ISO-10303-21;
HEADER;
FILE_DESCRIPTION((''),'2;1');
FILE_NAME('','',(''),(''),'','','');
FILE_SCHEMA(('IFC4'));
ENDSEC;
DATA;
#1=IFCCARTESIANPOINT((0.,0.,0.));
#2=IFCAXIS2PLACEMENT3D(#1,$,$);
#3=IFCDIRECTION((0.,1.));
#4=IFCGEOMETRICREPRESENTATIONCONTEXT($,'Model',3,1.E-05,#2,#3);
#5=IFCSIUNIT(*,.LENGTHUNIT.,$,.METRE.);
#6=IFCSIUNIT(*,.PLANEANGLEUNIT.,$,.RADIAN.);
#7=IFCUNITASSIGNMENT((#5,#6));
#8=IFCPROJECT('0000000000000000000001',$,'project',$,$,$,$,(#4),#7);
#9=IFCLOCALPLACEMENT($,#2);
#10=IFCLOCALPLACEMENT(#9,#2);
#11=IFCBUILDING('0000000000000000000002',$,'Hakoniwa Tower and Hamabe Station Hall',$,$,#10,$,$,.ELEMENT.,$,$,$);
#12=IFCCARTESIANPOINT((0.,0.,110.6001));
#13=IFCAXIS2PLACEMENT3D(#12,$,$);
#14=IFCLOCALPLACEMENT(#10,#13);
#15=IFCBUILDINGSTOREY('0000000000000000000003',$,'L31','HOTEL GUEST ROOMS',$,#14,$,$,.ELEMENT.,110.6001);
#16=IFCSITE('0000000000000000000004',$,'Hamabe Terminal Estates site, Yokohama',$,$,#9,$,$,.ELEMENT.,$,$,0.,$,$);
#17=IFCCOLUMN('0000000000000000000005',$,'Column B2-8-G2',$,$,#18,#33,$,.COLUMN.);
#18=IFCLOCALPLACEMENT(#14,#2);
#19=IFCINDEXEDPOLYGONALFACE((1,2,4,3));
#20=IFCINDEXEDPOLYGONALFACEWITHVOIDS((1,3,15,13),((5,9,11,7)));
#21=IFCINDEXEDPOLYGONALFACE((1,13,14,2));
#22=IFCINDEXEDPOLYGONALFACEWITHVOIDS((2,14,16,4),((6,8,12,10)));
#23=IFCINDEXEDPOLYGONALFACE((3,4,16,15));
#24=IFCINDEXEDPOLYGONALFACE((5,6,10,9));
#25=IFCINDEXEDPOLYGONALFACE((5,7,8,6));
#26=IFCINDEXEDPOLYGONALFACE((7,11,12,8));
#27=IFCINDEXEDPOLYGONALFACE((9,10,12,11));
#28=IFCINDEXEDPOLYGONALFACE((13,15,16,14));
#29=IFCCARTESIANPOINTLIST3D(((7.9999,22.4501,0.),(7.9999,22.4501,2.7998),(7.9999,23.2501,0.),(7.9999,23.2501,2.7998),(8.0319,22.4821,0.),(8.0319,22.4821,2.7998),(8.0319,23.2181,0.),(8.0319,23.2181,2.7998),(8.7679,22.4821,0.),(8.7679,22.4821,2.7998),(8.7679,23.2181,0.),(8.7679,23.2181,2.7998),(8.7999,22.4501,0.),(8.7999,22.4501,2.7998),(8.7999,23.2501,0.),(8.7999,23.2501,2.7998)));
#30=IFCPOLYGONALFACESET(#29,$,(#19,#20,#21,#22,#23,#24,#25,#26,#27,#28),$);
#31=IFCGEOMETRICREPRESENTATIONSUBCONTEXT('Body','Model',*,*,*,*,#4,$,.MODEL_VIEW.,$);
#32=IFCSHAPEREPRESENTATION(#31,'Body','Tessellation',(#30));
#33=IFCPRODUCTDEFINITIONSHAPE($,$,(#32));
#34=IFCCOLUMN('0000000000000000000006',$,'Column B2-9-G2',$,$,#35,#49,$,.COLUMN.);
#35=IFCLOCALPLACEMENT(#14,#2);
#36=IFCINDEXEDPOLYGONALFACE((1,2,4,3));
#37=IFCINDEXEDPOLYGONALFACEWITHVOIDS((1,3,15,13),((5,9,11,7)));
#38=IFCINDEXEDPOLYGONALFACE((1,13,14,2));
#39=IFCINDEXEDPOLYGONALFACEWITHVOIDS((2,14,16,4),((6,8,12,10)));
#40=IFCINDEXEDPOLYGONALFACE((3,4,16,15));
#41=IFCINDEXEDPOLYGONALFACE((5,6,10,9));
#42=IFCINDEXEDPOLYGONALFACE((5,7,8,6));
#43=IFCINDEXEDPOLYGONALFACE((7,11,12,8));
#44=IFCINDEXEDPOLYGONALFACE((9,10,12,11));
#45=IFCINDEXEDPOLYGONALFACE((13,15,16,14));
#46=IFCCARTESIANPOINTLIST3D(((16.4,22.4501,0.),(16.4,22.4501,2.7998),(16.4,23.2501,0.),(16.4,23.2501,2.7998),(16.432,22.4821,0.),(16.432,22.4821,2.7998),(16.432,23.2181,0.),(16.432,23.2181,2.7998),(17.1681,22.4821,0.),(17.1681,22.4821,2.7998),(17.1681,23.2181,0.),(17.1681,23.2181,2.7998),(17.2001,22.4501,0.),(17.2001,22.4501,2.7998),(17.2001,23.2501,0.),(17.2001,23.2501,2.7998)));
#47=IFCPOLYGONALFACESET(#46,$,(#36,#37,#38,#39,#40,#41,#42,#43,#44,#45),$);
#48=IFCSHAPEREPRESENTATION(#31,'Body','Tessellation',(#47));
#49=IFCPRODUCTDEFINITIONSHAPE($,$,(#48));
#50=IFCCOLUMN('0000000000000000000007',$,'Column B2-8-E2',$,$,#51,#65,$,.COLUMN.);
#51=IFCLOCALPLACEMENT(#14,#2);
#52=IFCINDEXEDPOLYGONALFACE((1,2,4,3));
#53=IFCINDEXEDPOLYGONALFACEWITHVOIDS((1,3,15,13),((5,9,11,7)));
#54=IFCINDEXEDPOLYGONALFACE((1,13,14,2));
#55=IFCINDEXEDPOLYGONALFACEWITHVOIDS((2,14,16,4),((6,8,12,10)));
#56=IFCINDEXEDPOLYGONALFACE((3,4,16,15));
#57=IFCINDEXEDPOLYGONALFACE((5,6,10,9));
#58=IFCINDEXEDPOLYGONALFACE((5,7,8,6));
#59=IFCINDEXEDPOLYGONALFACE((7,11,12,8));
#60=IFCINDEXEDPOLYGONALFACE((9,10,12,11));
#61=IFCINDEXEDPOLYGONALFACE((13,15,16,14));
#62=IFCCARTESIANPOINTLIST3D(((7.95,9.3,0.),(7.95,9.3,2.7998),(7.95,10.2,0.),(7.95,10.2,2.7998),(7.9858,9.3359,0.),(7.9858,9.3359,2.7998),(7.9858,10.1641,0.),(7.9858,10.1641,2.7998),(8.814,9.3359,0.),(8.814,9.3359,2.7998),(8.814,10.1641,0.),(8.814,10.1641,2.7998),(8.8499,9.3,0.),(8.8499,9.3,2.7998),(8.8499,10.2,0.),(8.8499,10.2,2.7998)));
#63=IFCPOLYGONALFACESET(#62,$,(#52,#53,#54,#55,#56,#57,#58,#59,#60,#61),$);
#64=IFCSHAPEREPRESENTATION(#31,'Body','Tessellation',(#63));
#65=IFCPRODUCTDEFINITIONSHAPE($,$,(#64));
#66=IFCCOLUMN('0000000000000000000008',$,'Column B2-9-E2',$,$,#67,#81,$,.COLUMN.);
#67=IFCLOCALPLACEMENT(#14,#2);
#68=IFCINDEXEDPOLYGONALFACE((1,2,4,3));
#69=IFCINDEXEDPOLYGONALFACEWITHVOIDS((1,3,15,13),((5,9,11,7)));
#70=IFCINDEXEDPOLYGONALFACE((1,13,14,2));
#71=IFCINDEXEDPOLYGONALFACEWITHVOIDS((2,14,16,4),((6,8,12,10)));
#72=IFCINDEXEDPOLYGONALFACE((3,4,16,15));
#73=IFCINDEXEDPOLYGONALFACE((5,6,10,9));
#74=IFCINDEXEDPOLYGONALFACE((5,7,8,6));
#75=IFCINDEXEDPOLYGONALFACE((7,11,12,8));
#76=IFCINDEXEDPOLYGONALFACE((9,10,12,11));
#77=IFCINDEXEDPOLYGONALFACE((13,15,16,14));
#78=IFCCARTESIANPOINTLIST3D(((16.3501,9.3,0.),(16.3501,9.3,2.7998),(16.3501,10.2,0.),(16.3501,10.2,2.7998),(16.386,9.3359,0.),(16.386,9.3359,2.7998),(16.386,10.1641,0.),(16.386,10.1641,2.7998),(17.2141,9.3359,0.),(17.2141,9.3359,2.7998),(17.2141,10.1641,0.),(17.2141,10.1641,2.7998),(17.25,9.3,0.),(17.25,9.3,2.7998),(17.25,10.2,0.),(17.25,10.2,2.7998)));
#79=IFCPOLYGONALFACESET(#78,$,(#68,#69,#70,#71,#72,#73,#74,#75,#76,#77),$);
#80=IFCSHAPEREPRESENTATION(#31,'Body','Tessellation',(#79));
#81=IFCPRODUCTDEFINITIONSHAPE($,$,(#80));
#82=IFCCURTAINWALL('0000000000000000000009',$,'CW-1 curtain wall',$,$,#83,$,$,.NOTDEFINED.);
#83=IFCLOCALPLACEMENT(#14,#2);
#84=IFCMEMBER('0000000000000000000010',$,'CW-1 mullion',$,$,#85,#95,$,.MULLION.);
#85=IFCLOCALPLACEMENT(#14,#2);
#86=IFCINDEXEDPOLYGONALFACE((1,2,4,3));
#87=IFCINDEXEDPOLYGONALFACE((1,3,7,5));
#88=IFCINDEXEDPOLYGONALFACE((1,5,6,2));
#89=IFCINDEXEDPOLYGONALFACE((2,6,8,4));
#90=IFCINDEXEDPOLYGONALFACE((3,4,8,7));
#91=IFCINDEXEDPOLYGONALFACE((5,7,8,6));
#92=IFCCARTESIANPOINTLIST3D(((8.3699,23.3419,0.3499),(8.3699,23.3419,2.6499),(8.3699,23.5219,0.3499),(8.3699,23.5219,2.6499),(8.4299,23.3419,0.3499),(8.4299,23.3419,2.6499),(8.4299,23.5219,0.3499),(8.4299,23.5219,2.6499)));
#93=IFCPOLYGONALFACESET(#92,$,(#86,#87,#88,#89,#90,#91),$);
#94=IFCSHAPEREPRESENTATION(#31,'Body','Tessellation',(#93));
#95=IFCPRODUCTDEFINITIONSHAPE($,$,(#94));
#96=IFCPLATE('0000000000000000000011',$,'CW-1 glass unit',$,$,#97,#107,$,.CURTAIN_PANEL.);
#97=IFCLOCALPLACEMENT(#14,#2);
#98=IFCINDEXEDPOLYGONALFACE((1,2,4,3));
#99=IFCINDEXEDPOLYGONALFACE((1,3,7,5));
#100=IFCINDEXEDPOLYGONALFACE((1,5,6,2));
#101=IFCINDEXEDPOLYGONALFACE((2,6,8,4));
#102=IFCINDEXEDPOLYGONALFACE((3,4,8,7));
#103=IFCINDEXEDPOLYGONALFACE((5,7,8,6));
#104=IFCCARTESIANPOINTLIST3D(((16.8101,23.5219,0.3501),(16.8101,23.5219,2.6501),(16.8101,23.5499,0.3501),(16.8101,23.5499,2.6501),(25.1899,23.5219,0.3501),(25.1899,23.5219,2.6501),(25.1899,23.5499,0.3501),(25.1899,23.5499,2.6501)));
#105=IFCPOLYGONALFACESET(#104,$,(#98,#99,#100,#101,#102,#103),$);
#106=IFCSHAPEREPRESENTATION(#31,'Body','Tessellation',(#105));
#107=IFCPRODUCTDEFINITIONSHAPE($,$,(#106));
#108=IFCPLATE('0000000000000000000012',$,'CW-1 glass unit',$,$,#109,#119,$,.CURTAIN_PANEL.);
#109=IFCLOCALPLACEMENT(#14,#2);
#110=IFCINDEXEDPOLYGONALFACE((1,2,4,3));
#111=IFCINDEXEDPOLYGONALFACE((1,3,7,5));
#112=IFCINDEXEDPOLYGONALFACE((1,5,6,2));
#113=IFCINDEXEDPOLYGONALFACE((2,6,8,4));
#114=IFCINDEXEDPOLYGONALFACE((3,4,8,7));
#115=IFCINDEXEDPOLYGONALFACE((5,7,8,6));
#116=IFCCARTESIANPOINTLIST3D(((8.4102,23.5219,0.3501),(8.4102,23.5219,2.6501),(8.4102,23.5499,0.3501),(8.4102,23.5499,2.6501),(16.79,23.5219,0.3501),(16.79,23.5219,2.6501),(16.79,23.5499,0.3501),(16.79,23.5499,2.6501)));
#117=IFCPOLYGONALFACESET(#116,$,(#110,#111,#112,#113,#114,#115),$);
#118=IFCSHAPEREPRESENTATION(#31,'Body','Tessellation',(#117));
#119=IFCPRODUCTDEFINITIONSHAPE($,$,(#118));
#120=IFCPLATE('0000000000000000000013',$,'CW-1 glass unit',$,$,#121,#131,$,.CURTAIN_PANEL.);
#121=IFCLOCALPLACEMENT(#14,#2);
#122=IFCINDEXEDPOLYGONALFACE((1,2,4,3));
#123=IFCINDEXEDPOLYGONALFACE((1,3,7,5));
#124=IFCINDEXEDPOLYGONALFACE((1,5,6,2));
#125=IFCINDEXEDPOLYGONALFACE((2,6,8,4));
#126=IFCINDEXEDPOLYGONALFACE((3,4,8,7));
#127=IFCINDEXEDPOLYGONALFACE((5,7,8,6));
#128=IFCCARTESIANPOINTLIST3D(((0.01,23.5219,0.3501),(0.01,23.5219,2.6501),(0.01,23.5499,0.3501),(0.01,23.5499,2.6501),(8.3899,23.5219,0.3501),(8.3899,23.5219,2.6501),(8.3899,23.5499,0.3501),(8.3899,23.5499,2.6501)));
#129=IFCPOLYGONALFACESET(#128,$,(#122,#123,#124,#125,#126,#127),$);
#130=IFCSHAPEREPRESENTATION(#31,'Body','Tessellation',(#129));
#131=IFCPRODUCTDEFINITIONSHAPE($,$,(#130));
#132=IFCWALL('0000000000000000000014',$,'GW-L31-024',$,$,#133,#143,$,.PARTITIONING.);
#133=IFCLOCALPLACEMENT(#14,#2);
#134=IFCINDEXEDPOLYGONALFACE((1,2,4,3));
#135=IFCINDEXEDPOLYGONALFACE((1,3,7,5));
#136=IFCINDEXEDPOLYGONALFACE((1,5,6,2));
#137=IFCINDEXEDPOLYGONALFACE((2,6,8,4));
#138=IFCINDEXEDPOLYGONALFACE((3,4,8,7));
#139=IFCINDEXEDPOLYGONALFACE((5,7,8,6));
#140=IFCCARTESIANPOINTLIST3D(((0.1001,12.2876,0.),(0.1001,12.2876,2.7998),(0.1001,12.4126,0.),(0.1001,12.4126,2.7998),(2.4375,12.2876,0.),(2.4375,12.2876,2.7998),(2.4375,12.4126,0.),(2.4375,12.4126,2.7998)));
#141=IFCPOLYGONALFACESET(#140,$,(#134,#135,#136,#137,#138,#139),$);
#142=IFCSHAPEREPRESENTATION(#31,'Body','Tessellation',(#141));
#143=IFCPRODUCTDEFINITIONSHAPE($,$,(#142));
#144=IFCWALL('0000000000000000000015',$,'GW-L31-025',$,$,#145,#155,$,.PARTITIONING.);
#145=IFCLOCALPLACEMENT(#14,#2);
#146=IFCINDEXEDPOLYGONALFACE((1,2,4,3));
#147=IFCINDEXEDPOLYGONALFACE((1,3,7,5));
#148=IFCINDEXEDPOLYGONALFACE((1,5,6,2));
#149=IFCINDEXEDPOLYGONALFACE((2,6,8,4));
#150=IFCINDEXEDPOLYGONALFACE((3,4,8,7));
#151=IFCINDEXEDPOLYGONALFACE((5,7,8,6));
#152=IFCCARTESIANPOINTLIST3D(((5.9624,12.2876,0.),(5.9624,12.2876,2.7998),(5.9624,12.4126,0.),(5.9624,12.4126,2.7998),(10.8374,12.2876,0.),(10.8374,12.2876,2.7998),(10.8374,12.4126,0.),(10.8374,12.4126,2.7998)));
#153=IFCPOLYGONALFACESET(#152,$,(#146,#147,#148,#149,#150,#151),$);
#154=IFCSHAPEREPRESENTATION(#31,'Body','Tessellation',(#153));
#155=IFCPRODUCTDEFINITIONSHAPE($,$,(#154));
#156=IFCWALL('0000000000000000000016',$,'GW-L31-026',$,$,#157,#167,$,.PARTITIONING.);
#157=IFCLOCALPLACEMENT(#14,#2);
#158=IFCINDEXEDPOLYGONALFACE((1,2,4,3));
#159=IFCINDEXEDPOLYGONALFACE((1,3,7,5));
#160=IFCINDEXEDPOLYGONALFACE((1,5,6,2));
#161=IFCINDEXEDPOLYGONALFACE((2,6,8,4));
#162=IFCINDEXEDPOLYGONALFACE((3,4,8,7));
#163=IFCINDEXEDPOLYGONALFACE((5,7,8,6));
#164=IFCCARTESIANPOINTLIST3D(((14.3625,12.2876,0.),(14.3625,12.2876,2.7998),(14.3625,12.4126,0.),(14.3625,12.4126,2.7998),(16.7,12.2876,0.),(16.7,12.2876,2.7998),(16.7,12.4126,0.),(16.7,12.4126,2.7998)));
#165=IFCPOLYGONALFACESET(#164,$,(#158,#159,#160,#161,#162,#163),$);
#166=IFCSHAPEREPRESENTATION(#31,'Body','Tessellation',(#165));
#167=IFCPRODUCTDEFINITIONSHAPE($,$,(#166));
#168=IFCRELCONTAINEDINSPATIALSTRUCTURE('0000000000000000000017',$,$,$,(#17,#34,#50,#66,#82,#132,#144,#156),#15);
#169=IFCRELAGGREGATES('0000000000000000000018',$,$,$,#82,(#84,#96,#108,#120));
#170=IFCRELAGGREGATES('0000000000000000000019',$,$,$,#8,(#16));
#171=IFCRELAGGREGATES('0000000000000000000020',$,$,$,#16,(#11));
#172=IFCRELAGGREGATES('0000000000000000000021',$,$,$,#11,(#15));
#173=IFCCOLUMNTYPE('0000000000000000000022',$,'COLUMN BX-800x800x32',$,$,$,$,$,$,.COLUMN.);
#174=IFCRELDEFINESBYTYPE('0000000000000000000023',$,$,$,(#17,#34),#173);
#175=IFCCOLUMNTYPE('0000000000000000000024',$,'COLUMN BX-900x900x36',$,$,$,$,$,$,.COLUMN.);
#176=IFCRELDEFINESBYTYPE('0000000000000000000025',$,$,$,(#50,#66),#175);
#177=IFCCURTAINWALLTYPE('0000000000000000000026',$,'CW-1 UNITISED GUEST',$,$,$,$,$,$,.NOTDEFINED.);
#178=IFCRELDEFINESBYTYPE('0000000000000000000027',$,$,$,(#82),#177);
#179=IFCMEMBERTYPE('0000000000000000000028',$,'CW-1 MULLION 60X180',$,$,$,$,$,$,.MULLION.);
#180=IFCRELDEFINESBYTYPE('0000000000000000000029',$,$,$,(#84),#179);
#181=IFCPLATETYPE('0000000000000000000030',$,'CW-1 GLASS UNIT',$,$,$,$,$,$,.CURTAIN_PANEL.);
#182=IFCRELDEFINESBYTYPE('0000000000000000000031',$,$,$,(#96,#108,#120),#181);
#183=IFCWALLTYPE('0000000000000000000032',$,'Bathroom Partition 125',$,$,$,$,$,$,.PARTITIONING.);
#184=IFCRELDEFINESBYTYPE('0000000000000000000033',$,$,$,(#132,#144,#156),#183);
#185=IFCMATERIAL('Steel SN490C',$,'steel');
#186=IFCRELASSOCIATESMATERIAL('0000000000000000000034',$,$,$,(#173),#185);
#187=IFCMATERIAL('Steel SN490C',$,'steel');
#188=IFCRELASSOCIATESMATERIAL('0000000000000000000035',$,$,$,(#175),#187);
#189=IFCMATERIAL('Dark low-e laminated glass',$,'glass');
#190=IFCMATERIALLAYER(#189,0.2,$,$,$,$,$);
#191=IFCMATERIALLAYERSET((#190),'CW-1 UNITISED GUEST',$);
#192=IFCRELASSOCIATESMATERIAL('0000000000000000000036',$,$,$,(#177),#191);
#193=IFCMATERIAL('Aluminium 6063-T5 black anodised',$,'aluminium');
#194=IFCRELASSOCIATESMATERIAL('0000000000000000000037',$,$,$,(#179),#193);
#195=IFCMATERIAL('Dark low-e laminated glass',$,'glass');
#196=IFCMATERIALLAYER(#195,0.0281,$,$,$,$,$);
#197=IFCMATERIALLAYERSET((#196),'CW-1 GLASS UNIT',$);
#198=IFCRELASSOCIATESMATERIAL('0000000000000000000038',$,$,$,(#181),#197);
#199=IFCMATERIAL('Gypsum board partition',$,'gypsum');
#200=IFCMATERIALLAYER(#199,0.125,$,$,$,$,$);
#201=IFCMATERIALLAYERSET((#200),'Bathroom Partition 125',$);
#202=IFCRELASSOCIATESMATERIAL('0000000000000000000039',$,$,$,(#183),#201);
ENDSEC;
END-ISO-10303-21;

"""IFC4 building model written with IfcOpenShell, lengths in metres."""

from ifc_helpers import new_model, si_unit, direction, frame, frame_2d, origin, origin_2d, place, context, subcontext, project, spatial, rectangle, hollow_rectangle, extrude, material, layer, layer_set, material_profile, profile_set, type_object, element, aggregate, save


model = new_model("IFC4")

# Units and contexts
model_context = context("Model", 3, precision=1e-05, world=origin(), true_north=direction((0.0, 1.0)))
body_context = subcontext(model_context, "Body", "Model", "MODEL_VIEW")
ifc_project = project(units=[si_unit("LENGTHUNIT", "METRE"), si_unit("PLANEANGLEUNIT", "RADIAN")], contexts=[model_context])

# Site, building, storey
site_placement = place(None, origin())
site = spatial("IfcSite", under=ifc_project, at=site_placement, Name="Hamabe Terminal Estates site, Yokohama", CompositionType="ELEMENT", RefElevation=0.0)
building_placement = place(site_placement, origin())
building = spatial("IfcBuilding", under=site, at=building_placement, Name="Hakoniwa Tower and Hamabe Station Hall", CompositionType="ELEMENT")
storey_placement = place(building_placement, frame((0.0, 0.0, 110.6001)))
storey = spatial("IfcBuildingStorey", under=building, at=storey_placement, Name="L31", Description="HOTEL GUEST ROOMS", CompositionType="ELEMENT", Elevation=110.6001)

# Columns
ifc_material_1 = material(Name="Steel SN490C", Category="steel")
ifc_material_profile_1 = material_profile(ifc_material_1, hollow_rectangle(XDim=0.8, YDim=0.8, WallThickness=0.032, at=origin_2d()), Name="BX-800x800x32")
ifc_profile_set_1 = profile_set([ifc_material_profile_1], Name="Steel SN490C")
column_type_1 = type_object("IfcColumnType", Name="COLUMN BX-800x800x32", PredefinedType="COLUMN", material=ifc_profile_set_1)
for number, where, z_axis, x_axis, name in (
    (1, (8.3999, 22.8501, 0.0), (0.0, 0.0, 1.0), (1.0, 0.0, 0.0), "Column B2-8-G2"),
    (2, (16.8, 22.8501, 0.0), (0.0, 0.0, 1.0), (1.0, 0.0, 0.0), "Column B2-9-G2"),
):
    element("IfcColumn", number, at=place(storey_placement, frame(where, z_axis=z_axis, x_axis=x_axis)), inside=storey, type_object=column_type_1, Name=name, PredefinedType="COLUMN", context=body_context, shape_type="SweptSolid", body=[
        extrude(hollow_rectangle(XDim=0.8, YDim=0.8, WallThickness=0.032, at=origin_2d()), origin(), (0.0, 0.0, 1.0), 2.7998),
    ])
ifc_material_2 = material(Name="Steel SN490C", Category="steel")
ifc_material_profile_2 = material_profile(ifc_material_2, hollow_rectangle(XDim=0.8999, YDim=0.8999, WallThickness=0.0359, at=origin_2d()), Name="BX-900x900x36")
ifc_profile_set_2 = profile_set([ifc_material_profile_2], Name="Steel SN490C")
column_type_2 = type_object("IfcColumnType", Name="COLUMN BX-900x900x36", PredefinedType="COLUMN", material=ifc_profile_set_2)
for number, where, z_axis, x_axis, name in (
    (3, (8.3999, 9.75, 0.0), (0.0, 0.0, 1.0), (1.0, 0.0, 0.0), "Column B2-8-E2"),
    (4, (16.8, 9.75, 0.0), (0.0, 0.0, 1.0), (1.0, 0.0, 0.0), "Column B2-9-E2"),
):
    element("IfcColumn", number, at=place(storey_placement, frame(where, z_axis=z_axis, x_axis=x_axis)), inside=storey, type_object=column_type_2, Name=name, PredefinedType="COLUMN", context=body_context, shape_type="SweptSolid", body=[
        extrude(hollow_rectangle(XDim=0.8999, YDim=0.8999, WallThickness=0.0359, at=origin_2d()), origin(), (0.0, 0.0, 1.0), 2.7998),
    ])

# Curtain wall, member, plates
ifc_material_3 = material(Name="Dark low-e laminated glass", Category="glass")
ifc_layer_1 = layer(ifc_material_3, 0.2)
ifc_layer_set_1 = layer_set([ifc_layer_1], Name="CW-1 UNITISED GUEST")
curtain_wall_type = type_object("IfcCurtainWallType", Name="CW-1 UNITISED GUEST", PredefinedType="NOTDEFINED", material=ifc_layer_set_1)
curtain_wall_placement = place(storey_placement, origin())
curtain_wall = element("IfcCurtainWall", 5, at=curtain_wall_placement, inside=storey, type_object=curtain_wall_type, Name="CW-1 curtain wall", PredefinedType="NOTDEFINED")
ifc_material_4 = material(Name="Aluminium 6063-T5 black anodised", Category="aluminium")
ifc_material_profile_3 = material_profile(ifc_material_4, rectangle(XDim=0.0601, YDim=0.1799, at=origin_2d()), Name="CW-1 MULLION 60X180")
ifc_profile_set_3 = profile_set([ifc_material_profile_3], Name="Aluminium 6063-T5 black anodised")
member_type = type_object("IfcMemberType", Name="CW-1 MULLION 60X180", PredefinedType="MULLION", material=ifc_profile_set_3)
member_placement = place(storey_placement, frame((8.3999, 23.4319, 0.3499), z_axis=(0.0, 0.0, 1.0), x_axis=(-1.0, 0.0, 0.0)))
member = element("IfcMember", 6, at=member_placement, type_object=member_type, Name="CW-1 mullion", PredefinedType="MULLION", context=body_context, shape_type="SweptSolid", body=[
    extrude(rectangle(XDim=0.0601, YDim=0.1799, at=origin_2d()), origin(), (0.0, 0.0, 1.0), 2.3),
])
ifc_material_5 = material(Name="Dark low-e laminated glass", Category="glass")
ifc_layer_2 = layer(ifc_material_5, 0.0281)
ifc_layer_set_2 = layer_set([ifc_layer_2], Name="CW-1 GLASS UNIT")
plate_type = type_object("IfcPlateType", Name="CW-1 GLASS UNIT", PredefinedType="CURTAIN_PANEL", material=ifc_layer_set_2)
plate_1_placement = place(storey_placement, frame((21.0, 23.5359, 0.3501), z_axis=(0.0, 0.0, 1.0), x_axis=(-1.0, 0.0, 0.0)))
plate_1 = element("IfcPlate", 7, at=plate_1_placement, type_object=plate_type, Name="CW-1 glass unit", PredefinedType="CURTAIN_PANEL", context=body_context, shape_type="SweptSolid", body=[
    extrude(rectangle(XDim=8.3799, YDim=0.0281, at=origin_2d()), origin(), (0.0, 0.0, 1.0), 2.3),
])
plate_2_placement = place(storey_placement, frame((12.6001, 23.5359, 0.3501), z_axis=(0.0, 0.0, 1.0), x_axis=(-1.0, 0.0, 0.0)))
plate_2 = element("IfcPlate", 8, at=plate_2_placement, type_object=plate_type, Name="CW-1 glass unit", PredefinedType="CURTAIN_PANEL", context=body_context, shape_type="SweptSolid", body=[
    extrude(rectangle(XDim=8.3799, YDim=0.0281, at=origin_2d()), origin(), (0.0, 0.0, 1.0), 2.3),
])
plate_3_placement = place(storey_placement, frame((4.2, 23.5359, 0.3501), z_axis=(0.0, 0.0, 1.0), x_axis=(-1.0, 0.0, 0.0)))
plate_3 = element("IfcPlate", 9, at=plate_3_placement, type_object=plate_type, Name="CW-1 glass unit", PredefinedType="CURTAIN_PANEL", context=body_context, shape_type="SweptSolid", body=[
    extrude(rectangle(XDim=8.3799, YDim=0.0281, at=origin_2d()), origin(), (0.0, 0.0, 1.0), 2.3),
])
aggregate(curtain_wall, [member, plate_1, plate_2, plate_3])

# Walls
ifc_material_6 = material(Name="Gypsum board partition", Category="gypsum")
ifc_layer_3 = layer(ifc_material_6, 0.125)
ifc_layer_set_3 = layer_set([ifc_layer_3], Name="Bathroom Partition 125")
wall_type_1 = type_object("IfcWallType", Name="Bathroom Partition 125", PredefinedType="PARTITIONING", material=ifc_layer_set_3)
wall_1_placement = place(storey_placement, frame((0.1001, 12.3501, 0.0), z_axis=(0.0, 0.0, 1.0), x_axis=(1.0, 0.0, 0.0)))
element("IfcWall", 10, at=wall_1_placement, inside=storey, type_object=wall_type_1, Name="GW-L31-024", PredefinedType="PARTITIONING", context=body_context, shape_type="SweptSolid", body=[
    extrude(rectangle(XDim=2.3374, YDim=0.125, at=frame_2d((1.1687, 0.0))), origin(), (0.0, 0.0, 1.0), 2.7998),
])
wall_2_placement = place(storey_placement, frame((5.9624, 12.3501, 0.0), z_axis=(0.0, 0.0, 1.0), x_axis=(1.0, 0.0, 0.0)))
element("IfcWall", 11, at=wall_2_placement, inside=storey, type_object=wall_type_1, Name="GW-L31-025", PredefinedType="PARTITIONING", context=body_context, shape_type="SweptSolid", body=[
    extrude(rectangle(XDim=4.875, YDim=0.125, at=frame_2d((2.4375, 0.0))), origin(), (0.0, 0.0, 1.0), 2.7998),
])
wall_3_placement = place(storey_placement, frame((14.3625, 12.3501, 0.0), z_axis=(0.0, 0.0, 1.0), x_axis=(1.0, 0.0, 0.0)))
element("IfcWall", 12, at=wall_3_placement, inside=storey, type_object=wall_type_1, Name="GW-L31-026", PredefinedType="PARTITIONING", context=body_context, shape_type="SweptSolid", body=[
    extrude(rectangle(XDim=2.3374, YDim=0.125, at=frame_2d((1.1687, 0.0))), origin(), (0.0, 0.0, 1.0), 2.7998),
])

save(model, "model.ifc")
